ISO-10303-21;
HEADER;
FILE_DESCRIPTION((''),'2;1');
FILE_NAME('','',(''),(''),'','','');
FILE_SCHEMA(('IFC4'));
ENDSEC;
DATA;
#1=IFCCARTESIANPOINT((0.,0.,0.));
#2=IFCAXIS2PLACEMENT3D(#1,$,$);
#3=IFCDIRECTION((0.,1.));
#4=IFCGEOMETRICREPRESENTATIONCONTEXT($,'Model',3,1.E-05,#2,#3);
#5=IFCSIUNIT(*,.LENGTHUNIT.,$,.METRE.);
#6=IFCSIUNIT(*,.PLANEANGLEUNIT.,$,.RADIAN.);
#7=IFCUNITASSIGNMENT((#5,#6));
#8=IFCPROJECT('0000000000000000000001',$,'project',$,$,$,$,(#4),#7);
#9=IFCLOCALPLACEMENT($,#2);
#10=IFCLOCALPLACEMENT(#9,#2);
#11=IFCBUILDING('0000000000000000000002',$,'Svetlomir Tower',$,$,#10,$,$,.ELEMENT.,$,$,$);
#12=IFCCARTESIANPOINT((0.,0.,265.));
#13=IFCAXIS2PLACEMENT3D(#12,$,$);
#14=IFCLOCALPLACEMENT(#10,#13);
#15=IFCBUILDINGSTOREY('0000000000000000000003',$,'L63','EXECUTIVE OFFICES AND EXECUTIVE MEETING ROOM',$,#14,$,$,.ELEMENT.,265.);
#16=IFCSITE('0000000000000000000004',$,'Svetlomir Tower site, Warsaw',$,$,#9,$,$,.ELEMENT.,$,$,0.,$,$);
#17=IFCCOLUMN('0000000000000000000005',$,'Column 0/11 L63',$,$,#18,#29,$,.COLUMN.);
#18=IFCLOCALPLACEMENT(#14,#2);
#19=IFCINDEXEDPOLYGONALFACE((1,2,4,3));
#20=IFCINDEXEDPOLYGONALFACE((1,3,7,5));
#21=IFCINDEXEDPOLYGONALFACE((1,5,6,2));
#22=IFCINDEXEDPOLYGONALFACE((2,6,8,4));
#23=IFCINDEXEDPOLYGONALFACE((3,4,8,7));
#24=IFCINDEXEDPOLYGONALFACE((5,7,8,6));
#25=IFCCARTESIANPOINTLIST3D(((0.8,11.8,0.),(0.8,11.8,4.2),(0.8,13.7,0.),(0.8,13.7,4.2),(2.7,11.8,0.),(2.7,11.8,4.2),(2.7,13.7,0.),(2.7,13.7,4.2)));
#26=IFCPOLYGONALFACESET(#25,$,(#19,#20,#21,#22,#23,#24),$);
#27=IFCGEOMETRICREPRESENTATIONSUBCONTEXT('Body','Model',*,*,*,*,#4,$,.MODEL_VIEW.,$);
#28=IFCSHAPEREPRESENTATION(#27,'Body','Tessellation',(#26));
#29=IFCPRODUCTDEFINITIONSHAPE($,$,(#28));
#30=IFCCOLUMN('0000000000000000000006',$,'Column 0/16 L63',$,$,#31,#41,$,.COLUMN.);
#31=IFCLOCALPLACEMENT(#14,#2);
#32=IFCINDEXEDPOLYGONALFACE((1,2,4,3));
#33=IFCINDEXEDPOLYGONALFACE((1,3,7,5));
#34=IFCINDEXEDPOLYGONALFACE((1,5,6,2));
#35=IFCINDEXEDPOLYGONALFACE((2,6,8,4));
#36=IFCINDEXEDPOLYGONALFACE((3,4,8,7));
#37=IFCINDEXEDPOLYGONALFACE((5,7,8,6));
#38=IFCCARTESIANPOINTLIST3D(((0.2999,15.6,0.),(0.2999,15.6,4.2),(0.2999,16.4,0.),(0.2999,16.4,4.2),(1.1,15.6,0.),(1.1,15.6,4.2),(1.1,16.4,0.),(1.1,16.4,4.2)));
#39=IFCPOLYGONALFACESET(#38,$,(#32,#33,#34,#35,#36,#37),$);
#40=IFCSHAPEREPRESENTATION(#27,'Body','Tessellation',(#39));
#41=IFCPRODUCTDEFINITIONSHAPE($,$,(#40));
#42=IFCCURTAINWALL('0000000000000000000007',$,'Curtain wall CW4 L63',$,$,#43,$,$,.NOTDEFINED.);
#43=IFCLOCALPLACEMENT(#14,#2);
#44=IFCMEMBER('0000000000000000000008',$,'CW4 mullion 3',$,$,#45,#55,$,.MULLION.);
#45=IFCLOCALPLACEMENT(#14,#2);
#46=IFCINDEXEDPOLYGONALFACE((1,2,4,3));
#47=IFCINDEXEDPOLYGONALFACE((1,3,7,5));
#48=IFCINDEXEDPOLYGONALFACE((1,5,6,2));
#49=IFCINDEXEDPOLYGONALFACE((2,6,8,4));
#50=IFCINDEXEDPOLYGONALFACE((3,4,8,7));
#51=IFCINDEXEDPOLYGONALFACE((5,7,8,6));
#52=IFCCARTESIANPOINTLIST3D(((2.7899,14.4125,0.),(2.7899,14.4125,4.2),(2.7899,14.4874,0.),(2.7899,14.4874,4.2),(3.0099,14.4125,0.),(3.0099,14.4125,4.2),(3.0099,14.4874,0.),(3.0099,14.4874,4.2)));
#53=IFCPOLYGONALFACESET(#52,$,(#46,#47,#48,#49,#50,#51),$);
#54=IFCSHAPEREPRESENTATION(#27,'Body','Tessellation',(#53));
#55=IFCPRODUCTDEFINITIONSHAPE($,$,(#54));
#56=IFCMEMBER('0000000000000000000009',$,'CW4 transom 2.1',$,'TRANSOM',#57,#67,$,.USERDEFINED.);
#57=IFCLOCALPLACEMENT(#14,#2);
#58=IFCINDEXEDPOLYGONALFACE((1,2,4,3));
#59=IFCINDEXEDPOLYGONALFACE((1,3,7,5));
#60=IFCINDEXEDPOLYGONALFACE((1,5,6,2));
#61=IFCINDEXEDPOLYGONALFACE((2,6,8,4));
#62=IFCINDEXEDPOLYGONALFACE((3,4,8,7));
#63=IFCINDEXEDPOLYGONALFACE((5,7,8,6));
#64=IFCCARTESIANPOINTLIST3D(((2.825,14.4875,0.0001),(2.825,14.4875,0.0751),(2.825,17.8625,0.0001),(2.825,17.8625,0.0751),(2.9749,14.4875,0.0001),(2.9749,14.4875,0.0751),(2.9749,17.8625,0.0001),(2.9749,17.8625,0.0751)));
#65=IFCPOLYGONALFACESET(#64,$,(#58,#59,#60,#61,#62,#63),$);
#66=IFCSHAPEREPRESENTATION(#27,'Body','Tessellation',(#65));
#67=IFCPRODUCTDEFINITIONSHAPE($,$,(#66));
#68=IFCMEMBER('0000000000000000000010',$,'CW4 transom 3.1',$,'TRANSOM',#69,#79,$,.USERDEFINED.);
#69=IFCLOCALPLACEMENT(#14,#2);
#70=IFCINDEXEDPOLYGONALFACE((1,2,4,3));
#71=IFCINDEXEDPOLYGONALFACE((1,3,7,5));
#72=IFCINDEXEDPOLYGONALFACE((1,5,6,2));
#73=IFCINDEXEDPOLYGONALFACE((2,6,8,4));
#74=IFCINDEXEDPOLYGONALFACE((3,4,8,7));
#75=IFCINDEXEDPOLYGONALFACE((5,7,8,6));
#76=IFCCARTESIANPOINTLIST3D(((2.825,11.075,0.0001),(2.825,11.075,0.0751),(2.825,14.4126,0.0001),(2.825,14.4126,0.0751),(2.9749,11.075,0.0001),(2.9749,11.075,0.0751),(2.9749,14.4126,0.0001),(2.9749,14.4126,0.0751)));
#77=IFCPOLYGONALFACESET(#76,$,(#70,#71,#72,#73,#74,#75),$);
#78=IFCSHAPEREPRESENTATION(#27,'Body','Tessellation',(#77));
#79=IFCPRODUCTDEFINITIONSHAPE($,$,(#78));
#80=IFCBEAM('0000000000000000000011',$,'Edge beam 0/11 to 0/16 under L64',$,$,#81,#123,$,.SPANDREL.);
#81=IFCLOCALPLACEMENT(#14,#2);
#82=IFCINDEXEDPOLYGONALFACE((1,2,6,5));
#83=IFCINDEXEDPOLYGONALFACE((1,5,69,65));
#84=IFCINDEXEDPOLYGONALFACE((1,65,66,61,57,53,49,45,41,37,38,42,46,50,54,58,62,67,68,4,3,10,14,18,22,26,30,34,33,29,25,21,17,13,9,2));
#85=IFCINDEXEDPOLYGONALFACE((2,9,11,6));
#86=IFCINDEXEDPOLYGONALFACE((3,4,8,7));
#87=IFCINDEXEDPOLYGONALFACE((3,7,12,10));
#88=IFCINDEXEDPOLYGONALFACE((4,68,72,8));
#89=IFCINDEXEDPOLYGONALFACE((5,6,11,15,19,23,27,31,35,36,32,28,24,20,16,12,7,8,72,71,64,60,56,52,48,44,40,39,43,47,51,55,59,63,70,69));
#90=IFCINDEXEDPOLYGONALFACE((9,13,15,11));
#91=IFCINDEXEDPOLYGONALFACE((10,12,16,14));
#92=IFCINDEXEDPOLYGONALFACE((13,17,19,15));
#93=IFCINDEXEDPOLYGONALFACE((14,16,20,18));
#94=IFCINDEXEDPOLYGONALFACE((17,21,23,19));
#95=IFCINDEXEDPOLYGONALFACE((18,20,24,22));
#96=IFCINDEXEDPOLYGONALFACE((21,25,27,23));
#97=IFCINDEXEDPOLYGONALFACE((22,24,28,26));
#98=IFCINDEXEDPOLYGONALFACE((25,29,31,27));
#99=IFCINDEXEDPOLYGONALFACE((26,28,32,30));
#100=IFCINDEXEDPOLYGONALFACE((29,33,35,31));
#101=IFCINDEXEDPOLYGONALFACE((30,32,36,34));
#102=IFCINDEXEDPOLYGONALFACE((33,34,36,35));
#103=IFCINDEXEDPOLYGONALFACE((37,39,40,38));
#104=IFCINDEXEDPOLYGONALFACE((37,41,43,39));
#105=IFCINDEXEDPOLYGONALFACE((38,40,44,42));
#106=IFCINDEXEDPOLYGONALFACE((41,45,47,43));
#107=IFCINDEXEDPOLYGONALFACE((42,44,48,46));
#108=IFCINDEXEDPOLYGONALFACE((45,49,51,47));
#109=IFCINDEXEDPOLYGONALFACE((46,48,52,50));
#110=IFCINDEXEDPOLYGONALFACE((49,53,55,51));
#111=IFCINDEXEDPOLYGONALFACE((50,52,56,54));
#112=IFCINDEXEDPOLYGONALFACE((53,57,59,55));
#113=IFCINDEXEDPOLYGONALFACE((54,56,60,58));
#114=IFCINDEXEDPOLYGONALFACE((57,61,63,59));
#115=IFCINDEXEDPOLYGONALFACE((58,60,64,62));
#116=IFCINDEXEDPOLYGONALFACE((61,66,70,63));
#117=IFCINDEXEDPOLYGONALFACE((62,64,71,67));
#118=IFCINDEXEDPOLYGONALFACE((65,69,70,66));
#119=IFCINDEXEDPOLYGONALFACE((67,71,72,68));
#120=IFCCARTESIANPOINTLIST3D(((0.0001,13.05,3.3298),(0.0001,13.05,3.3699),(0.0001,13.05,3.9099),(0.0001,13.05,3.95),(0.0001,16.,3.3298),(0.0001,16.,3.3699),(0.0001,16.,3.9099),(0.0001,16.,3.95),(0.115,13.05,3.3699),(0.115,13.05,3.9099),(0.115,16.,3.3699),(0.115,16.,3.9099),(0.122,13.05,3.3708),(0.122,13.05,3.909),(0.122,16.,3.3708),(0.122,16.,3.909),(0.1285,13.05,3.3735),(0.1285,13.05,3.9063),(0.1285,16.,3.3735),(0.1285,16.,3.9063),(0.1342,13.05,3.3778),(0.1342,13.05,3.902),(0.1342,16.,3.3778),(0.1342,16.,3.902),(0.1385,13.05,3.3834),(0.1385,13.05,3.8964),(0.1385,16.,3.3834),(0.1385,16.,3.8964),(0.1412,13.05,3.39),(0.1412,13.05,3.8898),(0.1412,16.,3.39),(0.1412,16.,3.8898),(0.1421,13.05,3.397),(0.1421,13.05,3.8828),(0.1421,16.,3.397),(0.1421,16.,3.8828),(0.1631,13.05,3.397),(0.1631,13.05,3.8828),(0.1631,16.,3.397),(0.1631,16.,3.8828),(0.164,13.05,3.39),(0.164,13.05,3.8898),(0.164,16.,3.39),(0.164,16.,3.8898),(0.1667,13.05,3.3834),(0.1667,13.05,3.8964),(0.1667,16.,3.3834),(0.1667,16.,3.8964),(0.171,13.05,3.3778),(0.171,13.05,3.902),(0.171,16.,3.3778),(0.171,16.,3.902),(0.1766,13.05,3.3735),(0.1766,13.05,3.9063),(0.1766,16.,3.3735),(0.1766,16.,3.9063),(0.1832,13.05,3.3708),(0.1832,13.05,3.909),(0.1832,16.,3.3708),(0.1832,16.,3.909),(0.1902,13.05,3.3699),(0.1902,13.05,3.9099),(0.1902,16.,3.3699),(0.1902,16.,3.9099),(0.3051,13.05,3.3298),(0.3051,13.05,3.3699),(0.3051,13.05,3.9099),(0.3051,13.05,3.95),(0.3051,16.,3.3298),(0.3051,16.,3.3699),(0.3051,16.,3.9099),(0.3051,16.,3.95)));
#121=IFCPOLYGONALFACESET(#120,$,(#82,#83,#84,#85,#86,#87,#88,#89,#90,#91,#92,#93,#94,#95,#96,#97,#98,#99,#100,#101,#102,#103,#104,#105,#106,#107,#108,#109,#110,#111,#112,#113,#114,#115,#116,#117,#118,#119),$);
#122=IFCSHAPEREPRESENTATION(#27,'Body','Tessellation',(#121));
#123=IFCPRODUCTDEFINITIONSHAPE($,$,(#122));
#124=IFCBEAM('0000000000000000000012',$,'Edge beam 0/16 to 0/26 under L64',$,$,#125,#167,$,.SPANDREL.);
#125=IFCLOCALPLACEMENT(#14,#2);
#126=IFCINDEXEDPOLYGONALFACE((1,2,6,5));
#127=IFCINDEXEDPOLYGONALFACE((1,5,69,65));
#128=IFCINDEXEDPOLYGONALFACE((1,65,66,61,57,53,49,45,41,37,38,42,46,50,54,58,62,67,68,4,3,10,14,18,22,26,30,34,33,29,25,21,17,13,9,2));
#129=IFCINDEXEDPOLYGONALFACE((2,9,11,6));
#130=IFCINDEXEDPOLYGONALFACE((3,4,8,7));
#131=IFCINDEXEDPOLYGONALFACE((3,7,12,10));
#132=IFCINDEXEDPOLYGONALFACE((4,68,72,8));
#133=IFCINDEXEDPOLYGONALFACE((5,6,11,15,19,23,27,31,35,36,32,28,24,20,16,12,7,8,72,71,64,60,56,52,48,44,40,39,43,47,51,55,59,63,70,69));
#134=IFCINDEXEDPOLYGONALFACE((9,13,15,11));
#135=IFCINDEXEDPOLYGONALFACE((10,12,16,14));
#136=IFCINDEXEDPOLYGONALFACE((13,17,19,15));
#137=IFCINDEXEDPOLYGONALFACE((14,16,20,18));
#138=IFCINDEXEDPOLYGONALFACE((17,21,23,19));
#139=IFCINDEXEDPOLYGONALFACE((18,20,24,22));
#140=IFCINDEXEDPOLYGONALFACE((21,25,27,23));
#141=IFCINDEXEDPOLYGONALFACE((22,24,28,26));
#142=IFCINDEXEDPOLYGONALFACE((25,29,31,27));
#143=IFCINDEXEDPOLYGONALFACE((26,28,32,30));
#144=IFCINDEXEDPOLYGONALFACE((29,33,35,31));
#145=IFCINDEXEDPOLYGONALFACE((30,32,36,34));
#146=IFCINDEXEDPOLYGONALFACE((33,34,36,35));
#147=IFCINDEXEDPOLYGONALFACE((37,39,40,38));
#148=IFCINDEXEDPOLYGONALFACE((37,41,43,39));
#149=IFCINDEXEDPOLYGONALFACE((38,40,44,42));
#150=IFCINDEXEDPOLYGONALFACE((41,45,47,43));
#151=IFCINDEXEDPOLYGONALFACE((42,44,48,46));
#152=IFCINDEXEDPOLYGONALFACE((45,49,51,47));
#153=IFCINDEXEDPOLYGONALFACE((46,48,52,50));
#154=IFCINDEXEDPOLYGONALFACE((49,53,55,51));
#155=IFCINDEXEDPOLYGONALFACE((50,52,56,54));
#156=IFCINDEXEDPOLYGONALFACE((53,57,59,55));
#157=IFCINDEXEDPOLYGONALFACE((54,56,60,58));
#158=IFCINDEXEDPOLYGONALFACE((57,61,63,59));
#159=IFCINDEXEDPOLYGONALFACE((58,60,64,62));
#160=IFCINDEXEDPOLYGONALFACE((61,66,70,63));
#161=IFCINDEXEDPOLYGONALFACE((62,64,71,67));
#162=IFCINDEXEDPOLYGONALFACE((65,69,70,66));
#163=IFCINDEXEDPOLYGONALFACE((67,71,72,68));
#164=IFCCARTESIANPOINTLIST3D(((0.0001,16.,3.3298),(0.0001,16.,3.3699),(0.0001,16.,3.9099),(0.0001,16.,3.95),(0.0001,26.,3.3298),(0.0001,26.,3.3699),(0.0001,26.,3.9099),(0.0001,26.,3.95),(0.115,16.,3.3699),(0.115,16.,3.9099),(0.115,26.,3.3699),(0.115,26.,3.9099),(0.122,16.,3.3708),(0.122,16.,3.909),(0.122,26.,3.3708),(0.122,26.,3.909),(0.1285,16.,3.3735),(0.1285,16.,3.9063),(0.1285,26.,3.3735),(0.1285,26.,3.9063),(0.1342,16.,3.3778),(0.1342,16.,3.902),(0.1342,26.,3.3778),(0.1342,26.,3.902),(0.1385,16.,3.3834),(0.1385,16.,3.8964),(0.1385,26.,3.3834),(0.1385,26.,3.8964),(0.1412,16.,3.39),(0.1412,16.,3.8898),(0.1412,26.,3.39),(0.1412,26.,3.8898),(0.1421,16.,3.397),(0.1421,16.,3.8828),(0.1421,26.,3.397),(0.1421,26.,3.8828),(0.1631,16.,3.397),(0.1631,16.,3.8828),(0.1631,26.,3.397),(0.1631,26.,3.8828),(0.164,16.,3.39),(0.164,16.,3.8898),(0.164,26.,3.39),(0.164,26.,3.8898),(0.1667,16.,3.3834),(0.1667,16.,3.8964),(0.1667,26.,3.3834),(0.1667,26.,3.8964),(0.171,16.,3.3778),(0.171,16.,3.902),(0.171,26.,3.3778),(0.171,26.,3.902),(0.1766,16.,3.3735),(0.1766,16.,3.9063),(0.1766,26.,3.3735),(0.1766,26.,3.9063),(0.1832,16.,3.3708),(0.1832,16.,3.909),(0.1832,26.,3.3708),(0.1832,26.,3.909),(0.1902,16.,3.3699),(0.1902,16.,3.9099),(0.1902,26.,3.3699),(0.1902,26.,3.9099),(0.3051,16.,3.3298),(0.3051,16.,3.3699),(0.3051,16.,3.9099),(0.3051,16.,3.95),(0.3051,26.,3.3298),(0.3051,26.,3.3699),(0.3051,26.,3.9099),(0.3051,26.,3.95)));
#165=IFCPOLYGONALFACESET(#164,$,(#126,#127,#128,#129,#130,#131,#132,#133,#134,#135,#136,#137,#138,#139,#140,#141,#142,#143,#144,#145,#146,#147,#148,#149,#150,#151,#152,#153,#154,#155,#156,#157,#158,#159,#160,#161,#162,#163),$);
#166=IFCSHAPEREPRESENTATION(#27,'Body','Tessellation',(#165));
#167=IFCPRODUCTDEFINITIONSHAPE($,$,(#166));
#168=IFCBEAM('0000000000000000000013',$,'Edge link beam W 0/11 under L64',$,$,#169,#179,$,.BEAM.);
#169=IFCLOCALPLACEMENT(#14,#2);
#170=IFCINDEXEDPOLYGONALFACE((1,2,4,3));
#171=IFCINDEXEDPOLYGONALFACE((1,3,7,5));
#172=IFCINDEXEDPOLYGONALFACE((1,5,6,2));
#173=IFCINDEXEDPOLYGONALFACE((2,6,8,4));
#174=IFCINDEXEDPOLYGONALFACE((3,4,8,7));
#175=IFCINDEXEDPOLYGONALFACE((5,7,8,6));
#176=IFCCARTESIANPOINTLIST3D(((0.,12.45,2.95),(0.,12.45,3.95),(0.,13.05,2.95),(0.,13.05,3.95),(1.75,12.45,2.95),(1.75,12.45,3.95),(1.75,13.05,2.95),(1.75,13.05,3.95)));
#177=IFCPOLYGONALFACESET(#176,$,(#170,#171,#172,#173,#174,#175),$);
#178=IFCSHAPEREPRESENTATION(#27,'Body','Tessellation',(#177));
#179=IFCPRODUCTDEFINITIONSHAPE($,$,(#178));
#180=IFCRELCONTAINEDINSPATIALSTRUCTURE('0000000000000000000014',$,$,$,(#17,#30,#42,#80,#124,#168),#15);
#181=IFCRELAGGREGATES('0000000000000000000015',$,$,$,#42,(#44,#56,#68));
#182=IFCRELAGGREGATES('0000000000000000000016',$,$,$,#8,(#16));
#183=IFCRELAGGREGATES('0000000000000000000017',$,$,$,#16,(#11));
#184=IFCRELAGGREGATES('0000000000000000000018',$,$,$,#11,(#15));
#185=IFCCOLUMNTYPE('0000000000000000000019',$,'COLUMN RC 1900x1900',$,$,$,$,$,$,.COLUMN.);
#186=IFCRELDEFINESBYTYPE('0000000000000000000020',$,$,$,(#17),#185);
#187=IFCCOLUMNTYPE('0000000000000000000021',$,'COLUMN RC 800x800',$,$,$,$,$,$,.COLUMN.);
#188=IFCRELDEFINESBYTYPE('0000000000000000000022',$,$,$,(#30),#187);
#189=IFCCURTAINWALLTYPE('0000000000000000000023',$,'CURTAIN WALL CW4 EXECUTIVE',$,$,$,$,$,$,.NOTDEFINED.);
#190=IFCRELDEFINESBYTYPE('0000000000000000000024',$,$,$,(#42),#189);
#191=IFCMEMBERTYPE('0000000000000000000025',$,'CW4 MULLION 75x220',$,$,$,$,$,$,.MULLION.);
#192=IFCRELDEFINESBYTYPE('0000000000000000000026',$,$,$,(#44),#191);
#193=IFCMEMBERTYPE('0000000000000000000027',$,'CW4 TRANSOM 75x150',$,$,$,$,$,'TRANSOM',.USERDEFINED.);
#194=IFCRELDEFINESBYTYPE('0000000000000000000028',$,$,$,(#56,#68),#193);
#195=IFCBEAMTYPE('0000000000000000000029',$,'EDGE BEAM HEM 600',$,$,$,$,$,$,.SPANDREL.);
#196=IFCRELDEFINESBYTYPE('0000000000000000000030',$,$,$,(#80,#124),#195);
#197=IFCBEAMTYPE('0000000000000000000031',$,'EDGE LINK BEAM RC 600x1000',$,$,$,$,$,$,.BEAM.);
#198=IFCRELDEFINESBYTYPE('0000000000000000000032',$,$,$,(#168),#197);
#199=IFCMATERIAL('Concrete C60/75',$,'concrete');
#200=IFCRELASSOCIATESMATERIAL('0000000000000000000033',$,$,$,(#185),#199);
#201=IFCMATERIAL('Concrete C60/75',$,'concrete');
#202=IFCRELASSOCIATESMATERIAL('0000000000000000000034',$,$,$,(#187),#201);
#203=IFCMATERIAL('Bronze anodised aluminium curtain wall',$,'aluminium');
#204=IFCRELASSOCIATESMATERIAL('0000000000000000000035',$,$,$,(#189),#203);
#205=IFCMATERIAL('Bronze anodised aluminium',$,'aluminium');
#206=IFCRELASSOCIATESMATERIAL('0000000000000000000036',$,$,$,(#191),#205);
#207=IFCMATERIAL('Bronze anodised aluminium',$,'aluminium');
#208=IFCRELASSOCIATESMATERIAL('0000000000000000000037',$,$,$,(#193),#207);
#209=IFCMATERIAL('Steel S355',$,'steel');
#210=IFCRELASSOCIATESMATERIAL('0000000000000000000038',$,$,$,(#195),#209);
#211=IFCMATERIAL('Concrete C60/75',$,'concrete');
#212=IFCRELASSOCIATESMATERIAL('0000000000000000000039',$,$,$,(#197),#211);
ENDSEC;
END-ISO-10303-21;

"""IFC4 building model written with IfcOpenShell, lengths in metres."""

from ifc_helpers import new_model, si_unit, direction, frame, origin, origin_2d, place, context, subcontext, project, spatial, rectangle, i_section, extrude, material, material_profile, profile_set, type_object, element, aggregate, save


model = new_model("IFC4")

# Units and contexts
model_context = context("Model", 3, precision=1e-05, world=origin(), true_north=direction((0.0, 1.0)))
body_context = subcontext(model_context, "Body", "Model", "MODEL_VIEW")
ifc_project = project(units=[si_unit("LENGTHUNIT", "METRE"), si_unit("PLANEANGLEUNIT", "RADIAN")], contexts=[model_context])

# Site, building, storey
site_placement = place(None, origin())
site = spatial("IfcSite", under=ifc_project, at=site_placement, Name="Svetlomir Tower site, Warsaw", CompositionType="ELEMENT", RefElevation=0.0)
building_placement = place(site_placement, origin())
building = spatial("IfcBuilding", under=site, at=building_placement, Name="Svetlomir Tower", CompositionType="ELEMENT")
storey_placement = place(building_placement, frame((0.0, 0.0, 265.0)))
storey = spatial("IfcBuildingStorey", under=building, at=storey_placement, Name="L63", Description="EXECUTIVE OFFICES AND EXECUTIVE MEETING ROOM", CompositionType="ELEMENT", Elevation=265.0)

# Columns
ifc_material_1 = material(Name="Concrete C60/75", Category="concrete")
ifc_material_profile_1 = material_profile(ifc_material_1, rectangle(XDim=1.8999, YDim=1.8999, at=origin_2d()), Name="RC 1900x1900")
ifc_profile_set_1 = profile_set([ifc_material_profile_1], Name="Concrete C60/75")
column_type_1 = type_object("IfcColumnType", Name="COLUMN RC 1900x1900", PredefinedType="COLUMN", material=ifc_profile_set_1)
column_1_placement = place(storey_placement, frame((1.75, 12.75, 0.0), z_axis=(0.0, 0.0, 1.0), x_axis=(1.0, 0.0, 0.0)))
element("IfcColumn", 1, at=column_1_placement, inside=storey, type_object=column_type_1, Name="Column 0/11 L63", PredefinedType="COLUMN", context=body_context, shape_type="SweptSolid", body=[
    extrude(rectangle(XDim=1.8999, YDim=1.8999, at=origin_2d()), origin(), (0.0, 0.0, 1.0), 4.2),
])
ifc_material_2 = material(Name="Concrete C60/75", Category="concrete")
ifc_material_profile_2 = material_profile(ifc_material_2, rectangle(XDim=0.8, YDim=0.8, at=origin_2d()), Name="RC 800x800")
ifc_profile_set_2 = profile_set([ifc_material_profile_2], Name="Concrete C60/75")
column_type_2 = type_object("IfcColumnType", Name="COLUMN RC 800x800", PredefinedType="COLUMN", material=ifc_profile_set_2)
column_2_placement = place(storey_placement, frame((0.7, 16.0, 0.0), z_axis=(0.0, 0.0, 1.0), x_axis=(1.0, 0.0, 0.0)))
element("IfcColumn", 2, at=column_2_placement, inside=storey, type_object=column_type_2, Name="Column 0/16 L63", PredefinedType="COLUMN", context=body_context, shape_type="SweptSolid", body=[
    extrude(rectangle(XDim=0.8, YDim=0.8, at=origin_2d()), origin(), (0.0, 0.0, 1.0), 4.2),
])

# Curtain wall, members
ifc_material_3 = material(Name="Bronze anodised aluminium curtain wall", Category="aluminium")
curtain_wall_type = type_object("IfcCurtainWallType", Name="CURTAIN WALL CW4 EXECUTIVE", PredefinedType="NOTDEFINED", material=ifc_material_3)
curtain_wall_placement = place(storey_placement, origin())
curtain_wall = element("IfcCurtainWall", 3, at=curtain_wall_placement, inside=storey, type_object=curtain_wall_type, Name="Curtain wall CW4 L63", PredefinedType="NOTDEFINED")
ifc_material_4 = material(Name="Bronze anodised aluminium", Category="aluminium")
ifc_material_profile_3 = material_profile(ifc_material_4, rectangle(XDim=0.075, YDim=0.22, at=origin_2d()), Name="AL 75x220")
ifc_profile_set_3 = profile_set([ifc_material_profile_3], Name="Bronze anodised aluminium 6063-T6")
member_type_1 = type_object("IfcMemberType", Name="CW4 MULLION 75x220", PredefinedType="MULLION", material=ifc_profile_set_3)
member_1_placement = place(storey_placement, frame((2.8999, 14.45, 0.0), z_axis=(0.0, 0.0, 1.0), x_axis=(0.0, -1.0, 0.0)))
member_1 = element("IfcMember", 4, at=member_1_placement, type_object=member_type_1, Name="CW4 mullion 3", PredefinedType="MULLION", context=body_context, shape_type="SweptSolid", body=[
    extrude(rectangle(XDim=0.075, YDim=0.22, at=origin_2d()), origin(), (0.0, 0.0, 1.0), 4.2),
])
ifc_material_5 = material(Name="Bronze anodised aluminium", Category="aluminium")
ifc_material_profile_4 = material_profile(ifc_material_5, rectangle(XDim=0.1499, YDim=0.075, at=origin_2d()), Name="AL 150x75")
ifc_profile_set_4 = profile_set([ifc_material_profile_4], Name="Bronze anodised aluminium 6063-T6")
member_type_2 = type_object("IfcMemberType", Name="CW4 TRANSOM 75x150", ElementType="TRANSOM", PredefinedType="USERDEFINED", material=ifc_profile_set_4)
member_2_placement = place(storey_placement, frame((2.8999, 17.8625, 0.0376), z_axis=(0.0, -1.0, 0.0), x_axis=(1.0, 0.0, 0.0)))
member_2 = element("IfcMember", 5, at=member_2_placement, type_object=member_type_2, Name="CW4 transom 2.1", ObjectType="TRANSOM", PredefinedType="USERDEFINED", context=body_context, shape_type="SweptSolid", body=[
    extrude(rectangle(XDim=0.1499, YDim=0.075, at=origin_2d()), origin(), (0.0, 0.0, 1.0), 3.375),
])
member_3_placement = place(storey_placement, frame((2.8999, 14.4126, 0.0376), z_axis=(0.0, -1.0, 0.0), x_axis=(1.0, 0.0, 0.0)))
member_3 = element("IfcMember", 6, at=member_3_placement, type_object=member_type_2, Name="CW4 transom 3.1", ObjectType="TRANSOM", PredefinedType="USERDEFINED", context=body_context, shape_type="SweptSolid", body=[
    extrude(rectangle(XDim=0.1499, YDim=0.075, at=origin_2d()), origin(), (0.0, 0.0, 1.0), 3.3376),
])

# Beams
ifc_material_6 = material(Name="Steel S355", Category="steel")
ifc_material_profile_5 = material_profile(ifc_material_6, i_section(OverallWidth=0.3049, OverallDepth=0.6201, WebThickness=0.021, FlangeThickness=0.04, FilletRadius=0.0271, at=origin_2d()), Name="HEM 600")
ifc_profile_set_5 = profile_set([ifc_material_profile_5], Name="Steel S355")
beam_type_1 = type_object("IfcBeamType", Name="EDGE BEAM HEM 600", PredefinedType="SPANDREL", material=ifc_profile_set_5)
beam_1_placement = place(storey_placement, frame((0.1526, 13.05, 3.6399), z_axis=(0.0, 1.0, 0.0), x_axis=(-1.0, 0.0, 0.0)))
element("IfcBeam", 7, at=beam_1_placement, inside=storey, type_object=beam_type_1, Name="Edge beam 0/11 to 0/16 under L64", PredefinedType="SPANDREL", context=body_context, shape_type="SweptSolid", body=[
    extrude(i_section(OverallWidth=0.3049, OverallDepth=0.6201, WebThickness=0.021, FlangeThickness=0.04, FilletRadius=0.0271, at=origin_2d()), origin(), (0.0, 0.0, 1.0), 2.95),
])
beam_2_placement = place(storey_placement, frame((0.1526, 16.0, 3.6399), z_axis=(0.0, 1.0, 0.0), x_axis=(-1.0, 0.0, 0.0)))
element("IfcBeam", 8, at=beam_2_placement, inside=storey, type_object=beam_type_1, Name="Edge beam 0/16 to 0/26 under L64", PredefinedType="SPANDREL", context=body_context, shape_type="SweptSolid", body=[
    extrude(i_section(OverallWidth=0.3049, OverallDepth=0.6201, WebThickness=0.021, FlangeThickness=0.04, FilletRadius=0.0271, at=origin_2d()), origin(), (0.0, 0.0, 1.0), 10.0),
])
ifc_material_7 = material(Name="Concrete C60/75", Category="concrete")
ifc_material_profile_6 = material_profile(ifc_material_7, rectangle(XDim=0.6001, YDim=1.0, at=origin_2d()), Name="RC 600x1000")
ifc_profile_set_6 = profile_set([ifc_material_profile_6], Name="Concrete C60/75")
beam_type_2 = type_object("IfcBeamType", Name="EDGE LINK BEAM RC 600x1000", PredefinedType="BEAM", material=ifc_profile_set_6)
beam_3_placement = place(storey_placement, frame((1.75, 12.75, 3.45), z_axis=(-1.0, 0.0, 0.0), x_axis=(0.0, -1.0, 0.0)))
element("IfcBeam", 9, at=beam_3_placement, inside=storey, type_object=beam_type_2, Name="Edge link beam W 0/11 under L64", PredefinedType="BEAM", context=body_context, shape_type="SweptSolid", body=[
    extrude(rectangle(XDim=0.6001, YDim=1.0, at=origin_2d()), origin(), (0.0, 0.0, 1.0), 1.75),
])

aggregate(curtain_wall, [member_1, member_2, member_3])

save(model, "model.ifc")
